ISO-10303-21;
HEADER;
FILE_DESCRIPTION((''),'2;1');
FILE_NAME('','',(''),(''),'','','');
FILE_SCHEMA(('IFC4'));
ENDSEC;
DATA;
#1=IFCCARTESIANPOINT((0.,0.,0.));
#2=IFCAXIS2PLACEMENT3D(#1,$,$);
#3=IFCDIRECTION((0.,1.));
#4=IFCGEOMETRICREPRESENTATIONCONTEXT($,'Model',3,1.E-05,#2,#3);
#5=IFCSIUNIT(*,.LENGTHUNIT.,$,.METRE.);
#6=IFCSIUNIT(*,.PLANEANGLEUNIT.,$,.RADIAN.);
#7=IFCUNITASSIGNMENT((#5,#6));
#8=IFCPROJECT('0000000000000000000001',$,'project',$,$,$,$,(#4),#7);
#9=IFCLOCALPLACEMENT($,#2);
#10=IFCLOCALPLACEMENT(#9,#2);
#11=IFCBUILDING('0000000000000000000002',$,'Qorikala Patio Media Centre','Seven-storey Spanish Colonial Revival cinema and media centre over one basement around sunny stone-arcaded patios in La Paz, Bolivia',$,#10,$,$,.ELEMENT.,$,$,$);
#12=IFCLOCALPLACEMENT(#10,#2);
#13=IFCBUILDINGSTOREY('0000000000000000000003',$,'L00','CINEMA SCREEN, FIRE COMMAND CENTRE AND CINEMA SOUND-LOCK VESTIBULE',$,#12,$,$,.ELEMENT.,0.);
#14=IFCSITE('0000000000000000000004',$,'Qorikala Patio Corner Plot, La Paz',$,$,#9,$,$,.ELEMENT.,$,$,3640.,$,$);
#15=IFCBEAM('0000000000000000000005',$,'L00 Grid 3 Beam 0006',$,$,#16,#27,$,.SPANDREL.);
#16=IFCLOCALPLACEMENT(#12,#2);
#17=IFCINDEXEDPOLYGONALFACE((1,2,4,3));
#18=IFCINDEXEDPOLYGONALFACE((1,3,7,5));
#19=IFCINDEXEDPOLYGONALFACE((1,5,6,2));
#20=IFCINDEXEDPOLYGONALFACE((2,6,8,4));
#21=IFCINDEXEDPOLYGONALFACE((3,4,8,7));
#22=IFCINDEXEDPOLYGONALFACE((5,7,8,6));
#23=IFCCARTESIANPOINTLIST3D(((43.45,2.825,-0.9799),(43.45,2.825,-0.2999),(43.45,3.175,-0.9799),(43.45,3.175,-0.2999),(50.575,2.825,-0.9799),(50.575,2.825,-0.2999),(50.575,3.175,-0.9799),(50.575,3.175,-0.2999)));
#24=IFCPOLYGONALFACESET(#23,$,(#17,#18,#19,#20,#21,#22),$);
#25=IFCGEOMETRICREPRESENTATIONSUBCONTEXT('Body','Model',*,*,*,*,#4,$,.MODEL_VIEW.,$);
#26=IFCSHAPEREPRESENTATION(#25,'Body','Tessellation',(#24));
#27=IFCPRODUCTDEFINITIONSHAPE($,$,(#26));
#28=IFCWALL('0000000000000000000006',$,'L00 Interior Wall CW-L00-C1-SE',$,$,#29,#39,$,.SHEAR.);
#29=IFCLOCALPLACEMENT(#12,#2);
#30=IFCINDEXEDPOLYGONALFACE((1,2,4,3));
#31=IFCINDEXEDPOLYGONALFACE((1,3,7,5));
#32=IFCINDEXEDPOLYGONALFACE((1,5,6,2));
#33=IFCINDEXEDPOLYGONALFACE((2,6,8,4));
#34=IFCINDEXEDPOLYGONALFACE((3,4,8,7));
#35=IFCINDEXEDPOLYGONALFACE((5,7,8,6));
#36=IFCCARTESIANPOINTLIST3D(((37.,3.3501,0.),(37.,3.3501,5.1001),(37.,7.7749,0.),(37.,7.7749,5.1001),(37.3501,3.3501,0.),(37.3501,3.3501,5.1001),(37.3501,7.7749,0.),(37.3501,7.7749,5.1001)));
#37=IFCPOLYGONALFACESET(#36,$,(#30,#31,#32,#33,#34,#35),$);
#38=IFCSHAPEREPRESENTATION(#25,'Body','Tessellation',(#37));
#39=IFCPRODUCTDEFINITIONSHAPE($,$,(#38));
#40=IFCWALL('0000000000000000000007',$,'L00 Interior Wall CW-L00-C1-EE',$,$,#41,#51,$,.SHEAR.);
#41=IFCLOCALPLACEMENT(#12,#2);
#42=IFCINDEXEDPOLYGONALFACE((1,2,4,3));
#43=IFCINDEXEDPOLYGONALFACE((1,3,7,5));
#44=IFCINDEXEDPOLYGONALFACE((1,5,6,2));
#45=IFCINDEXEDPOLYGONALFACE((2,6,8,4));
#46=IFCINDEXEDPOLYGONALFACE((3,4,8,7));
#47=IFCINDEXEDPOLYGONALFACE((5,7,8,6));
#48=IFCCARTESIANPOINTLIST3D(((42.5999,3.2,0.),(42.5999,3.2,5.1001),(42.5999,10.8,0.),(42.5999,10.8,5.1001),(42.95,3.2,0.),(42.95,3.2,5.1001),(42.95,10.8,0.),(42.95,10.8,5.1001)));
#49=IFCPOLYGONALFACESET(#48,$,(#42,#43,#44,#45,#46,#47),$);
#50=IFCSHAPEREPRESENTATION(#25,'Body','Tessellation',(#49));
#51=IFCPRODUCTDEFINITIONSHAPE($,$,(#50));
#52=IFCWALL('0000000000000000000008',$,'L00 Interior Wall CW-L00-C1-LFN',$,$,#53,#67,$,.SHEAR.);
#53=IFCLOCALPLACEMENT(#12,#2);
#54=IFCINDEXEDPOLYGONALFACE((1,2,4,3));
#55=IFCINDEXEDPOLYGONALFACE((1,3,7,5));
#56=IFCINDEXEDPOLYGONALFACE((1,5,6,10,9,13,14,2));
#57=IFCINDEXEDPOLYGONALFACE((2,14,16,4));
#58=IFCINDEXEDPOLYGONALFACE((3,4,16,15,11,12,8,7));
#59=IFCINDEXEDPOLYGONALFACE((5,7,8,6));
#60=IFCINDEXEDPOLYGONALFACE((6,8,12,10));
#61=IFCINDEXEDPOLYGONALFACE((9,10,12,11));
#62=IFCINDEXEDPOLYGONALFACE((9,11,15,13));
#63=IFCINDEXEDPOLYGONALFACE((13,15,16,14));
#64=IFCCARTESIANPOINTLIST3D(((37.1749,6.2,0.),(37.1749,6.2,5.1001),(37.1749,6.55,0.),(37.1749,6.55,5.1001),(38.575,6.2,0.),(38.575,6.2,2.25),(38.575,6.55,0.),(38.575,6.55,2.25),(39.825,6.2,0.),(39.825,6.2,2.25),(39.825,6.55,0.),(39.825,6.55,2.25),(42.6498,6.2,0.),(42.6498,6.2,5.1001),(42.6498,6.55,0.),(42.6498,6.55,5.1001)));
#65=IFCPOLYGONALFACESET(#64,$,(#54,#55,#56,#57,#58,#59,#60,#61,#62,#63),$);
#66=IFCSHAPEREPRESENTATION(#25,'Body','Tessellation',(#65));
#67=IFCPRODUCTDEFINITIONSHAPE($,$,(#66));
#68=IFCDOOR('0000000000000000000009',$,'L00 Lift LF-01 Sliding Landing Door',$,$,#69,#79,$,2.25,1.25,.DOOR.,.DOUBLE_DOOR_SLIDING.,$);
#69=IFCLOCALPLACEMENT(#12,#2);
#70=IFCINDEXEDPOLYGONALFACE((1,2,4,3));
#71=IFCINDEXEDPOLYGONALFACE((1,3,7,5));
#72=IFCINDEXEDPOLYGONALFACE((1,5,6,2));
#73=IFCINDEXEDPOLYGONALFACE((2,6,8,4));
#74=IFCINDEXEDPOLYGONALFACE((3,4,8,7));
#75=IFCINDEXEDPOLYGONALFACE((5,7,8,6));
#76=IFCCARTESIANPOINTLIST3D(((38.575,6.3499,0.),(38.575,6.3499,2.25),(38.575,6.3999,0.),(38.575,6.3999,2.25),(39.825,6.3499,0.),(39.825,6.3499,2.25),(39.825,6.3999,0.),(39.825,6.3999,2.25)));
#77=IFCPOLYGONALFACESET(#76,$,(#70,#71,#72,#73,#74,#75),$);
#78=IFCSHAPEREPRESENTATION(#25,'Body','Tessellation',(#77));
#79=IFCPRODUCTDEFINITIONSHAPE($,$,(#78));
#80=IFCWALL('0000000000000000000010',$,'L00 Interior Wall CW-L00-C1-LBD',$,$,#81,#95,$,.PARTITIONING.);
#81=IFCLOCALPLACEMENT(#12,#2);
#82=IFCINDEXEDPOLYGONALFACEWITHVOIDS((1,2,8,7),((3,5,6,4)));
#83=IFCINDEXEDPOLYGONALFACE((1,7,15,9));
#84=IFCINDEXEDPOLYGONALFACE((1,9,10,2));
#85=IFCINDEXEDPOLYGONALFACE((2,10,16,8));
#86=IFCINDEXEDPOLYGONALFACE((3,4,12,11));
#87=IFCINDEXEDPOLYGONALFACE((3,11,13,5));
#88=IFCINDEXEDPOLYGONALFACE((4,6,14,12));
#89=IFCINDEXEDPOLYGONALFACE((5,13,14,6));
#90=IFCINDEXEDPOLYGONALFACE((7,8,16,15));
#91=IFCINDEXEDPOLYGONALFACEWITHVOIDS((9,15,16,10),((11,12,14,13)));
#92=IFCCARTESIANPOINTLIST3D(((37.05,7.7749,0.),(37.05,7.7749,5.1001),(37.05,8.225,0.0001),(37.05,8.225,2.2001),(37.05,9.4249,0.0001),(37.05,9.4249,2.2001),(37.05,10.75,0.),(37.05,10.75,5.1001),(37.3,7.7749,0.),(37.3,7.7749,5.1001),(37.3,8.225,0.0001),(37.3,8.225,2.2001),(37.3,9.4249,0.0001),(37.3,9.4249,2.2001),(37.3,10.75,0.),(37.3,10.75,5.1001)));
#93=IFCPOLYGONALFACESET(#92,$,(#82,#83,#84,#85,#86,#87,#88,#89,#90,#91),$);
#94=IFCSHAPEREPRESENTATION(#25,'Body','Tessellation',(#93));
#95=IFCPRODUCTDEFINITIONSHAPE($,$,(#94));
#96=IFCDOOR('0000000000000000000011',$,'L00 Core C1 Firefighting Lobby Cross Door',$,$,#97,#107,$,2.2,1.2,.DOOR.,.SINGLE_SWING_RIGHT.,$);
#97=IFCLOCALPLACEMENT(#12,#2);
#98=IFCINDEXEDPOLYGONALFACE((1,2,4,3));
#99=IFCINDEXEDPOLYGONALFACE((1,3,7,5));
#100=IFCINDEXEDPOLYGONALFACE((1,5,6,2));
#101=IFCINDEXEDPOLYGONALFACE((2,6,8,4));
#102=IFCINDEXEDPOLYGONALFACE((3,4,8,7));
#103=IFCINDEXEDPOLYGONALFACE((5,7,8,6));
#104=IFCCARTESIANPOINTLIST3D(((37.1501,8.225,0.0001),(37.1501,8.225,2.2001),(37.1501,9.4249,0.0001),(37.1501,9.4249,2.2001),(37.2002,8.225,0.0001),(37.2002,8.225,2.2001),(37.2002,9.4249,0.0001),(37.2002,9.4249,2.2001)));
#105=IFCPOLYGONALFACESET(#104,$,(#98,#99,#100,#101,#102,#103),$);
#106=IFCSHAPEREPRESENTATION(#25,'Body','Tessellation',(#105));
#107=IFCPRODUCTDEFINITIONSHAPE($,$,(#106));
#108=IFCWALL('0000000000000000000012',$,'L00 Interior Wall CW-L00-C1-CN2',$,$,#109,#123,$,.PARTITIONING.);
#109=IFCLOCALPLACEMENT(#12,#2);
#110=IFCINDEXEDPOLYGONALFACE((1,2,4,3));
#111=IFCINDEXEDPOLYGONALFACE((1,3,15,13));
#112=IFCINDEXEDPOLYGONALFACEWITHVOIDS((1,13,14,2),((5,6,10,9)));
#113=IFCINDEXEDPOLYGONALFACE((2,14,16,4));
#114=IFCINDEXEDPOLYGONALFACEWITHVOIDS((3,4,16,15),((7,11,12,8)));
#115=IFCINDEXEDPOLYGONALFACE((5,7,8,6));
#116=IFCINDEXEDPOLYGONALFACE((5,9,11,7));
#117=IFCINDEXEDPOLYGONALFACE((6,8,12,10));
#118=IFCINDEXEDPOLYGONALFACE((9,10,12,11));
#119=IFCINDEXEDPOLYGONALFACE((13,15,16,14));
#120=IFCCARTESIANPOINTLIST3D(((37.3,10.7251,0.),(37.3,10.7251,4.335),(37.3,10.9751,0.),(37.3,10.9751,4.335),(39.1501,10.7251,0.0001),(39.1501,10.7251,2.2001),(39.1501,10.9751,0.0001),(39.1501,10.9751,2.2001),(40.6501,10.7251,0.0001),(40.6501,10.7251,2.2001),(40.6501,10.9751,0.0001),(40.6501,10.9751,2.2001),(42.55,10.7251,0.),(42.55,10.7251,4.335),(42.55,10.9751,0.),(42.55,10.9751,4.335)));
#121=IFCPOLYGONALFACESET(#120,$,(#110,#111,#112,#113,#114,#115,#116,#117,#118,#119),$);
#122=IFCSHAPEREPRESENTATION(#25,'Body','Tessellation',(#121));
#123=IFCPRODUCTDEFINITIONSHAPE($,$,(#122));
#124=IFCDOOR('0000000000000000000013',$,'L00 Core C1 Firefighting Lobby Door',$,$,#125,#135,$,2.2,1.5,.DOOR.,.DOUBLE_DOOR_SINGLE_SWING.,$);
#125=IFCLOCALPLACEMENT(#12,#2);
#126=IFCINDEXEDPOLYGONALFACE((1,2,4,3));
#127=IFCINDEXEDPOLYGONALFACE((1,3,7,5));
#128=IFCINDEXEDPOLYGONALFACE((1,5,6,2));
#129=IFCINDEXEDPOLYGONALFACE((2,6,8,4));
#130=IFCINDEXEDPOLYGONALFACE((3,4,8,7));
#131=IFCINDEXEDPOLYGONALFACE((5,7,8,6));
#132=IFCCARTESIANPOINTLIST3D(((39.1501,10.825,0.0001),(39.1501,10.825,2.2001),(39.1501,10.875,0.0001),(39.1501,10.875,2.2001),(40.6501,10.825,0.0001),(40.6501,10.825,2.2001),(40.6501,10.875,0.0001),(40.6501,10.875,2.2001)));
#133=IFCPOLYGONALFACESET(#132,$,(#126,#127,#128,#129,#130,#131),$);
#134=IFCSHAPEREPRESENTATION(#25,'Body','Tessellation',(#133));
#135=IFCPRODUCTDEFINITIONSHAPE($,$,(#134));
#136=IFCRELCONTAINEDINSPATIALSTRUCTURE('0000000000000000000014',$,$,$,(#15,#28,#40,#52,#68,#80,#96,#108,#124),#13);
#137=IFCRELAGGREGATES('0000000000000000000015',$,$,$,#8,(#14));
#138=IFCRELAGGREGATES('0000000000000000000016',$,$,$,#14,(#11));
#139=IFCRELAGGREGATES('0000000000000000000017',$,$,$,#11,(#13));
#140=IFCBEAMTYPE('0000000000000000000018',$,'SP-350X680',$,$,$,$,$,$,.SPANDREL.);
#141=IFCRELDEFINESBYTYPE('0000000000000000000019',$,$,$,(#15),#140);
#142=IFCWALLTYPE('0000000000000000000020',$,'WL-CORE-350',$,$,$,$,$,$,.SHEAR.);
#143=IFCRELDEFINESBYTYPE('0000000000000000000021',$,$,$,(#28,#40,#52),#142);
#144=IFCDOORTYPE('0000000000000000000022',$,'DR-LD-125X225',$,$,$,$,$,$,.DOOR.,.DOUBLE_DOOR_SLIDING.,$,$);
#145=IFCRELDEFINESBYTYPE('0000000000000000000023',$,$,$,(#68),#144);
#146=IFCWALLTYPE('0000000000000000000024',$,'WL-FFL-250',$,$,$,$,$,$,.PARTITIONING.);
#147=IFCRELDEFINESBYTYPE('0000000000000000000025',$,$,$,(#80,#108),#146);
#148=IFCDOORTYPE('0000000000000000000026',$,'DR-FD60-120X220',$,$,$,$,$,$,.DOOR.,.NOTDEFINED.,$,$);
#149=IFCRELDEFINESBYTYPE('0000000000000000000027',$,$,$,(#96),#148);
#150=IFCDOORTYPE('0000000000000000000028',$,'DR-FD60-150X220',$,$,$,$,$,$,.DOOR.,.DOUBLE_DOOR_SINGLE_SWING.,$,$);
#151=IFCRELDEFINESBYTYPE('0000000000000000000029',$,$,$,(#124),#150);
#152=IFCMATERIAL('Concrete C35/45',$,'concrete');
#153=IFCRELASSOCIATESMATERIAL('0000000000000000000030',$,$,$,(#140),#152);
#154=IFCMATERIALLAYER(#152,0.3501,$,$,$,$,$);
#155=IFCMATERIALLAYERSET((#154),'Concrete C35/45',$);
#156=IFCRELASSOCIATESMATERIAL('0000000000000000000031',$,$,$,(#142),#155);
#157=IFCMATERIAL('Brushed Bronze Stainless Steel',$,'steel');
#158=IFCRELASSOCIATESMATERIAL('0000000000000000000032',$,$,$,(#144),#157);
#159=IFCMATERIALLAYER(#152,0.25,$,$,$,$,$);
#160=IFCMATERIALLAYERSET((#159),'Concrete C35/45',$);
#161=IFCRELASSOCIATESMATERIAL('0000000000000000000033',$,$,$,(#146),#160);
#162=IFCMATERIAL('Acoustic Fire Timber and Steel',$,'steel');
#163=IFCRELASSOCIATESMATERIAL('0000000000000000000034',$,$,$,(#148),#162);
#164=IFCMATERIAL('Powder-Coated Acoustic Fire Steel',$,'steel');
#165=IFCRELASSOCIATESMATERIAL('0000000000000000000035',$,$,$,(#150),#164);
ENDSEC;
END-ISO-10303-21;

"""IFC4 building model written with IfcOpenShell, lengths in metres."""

from ifc_helpers import new_model, si_unit, direction, frame, frame_2d, origin, origin_2d, place, context, subcontext, project, spatial, rectangle, extrude, material, layer, layer_set, material_profile, profile_set, type_object, element, fill, save


model = new_model("IFC4")

# Units and contexts
model_context = context("Model", 3, precision=1e-05, world=origin(), true_north=direction((0.0, 1.0)))
body_context = subcontext(model_context, "Body", "Model", "MODEL_VIEW")
ifc_project = project(units=[si_unit("LENGTHUNIT", "METRE"), si_unit("PLANEANGLEUNIT", "RADIAN")], contexts=[model_context])

# Site, building, storey
site_placement = place(None, origin())
site = spatial("IfcSite", under=ifc_project, at=site_placement, Name="Qorikala Patio Corner Plot, La Paz", CompositionType="ELEMENT", RefElevation=3640.0)
building_placement = place(site_placement, origin())
building = spatial("IfcBuilding", under=site, at=building_placement, Name="Qorikala Patio Media Centre", Description="Seven-storey Spanish Colonial Revival cinema and media centre over one basement around sunny stone-arcaded patios in La Paz, Bolivia", CompositionType="ELEMENT")
storey_placement = place(building_placement, origin())
storey = spatial("IfcBuildingStorey", under=building, at=storey_placement, Name="L00", Description="CINEMA SCREEN, FIRE COMMAND CENTRE AND CINEMA SOUND-LOCK VESTIBULE", CompositionType="ELEMENT", Elevation=0.0)

# Shared definitions
ifc_material_1 = material(Name="Concrete C35/45", Category="concrete")

# Beam
ifc_material_profile_1 = material_profile(ifc_material_1, rectangle(XDim=0.3501, YDim=0.6799, at=origin_2d()), Name="RC 350x680")
ifc_profile_set_1 = profile_set([ifc_material_profile_1], Name="Concrete C35/45")
beam_type_1 = type_object("IfcBeamType", Name="SP-350X680", PredefinedType="SPANDREL", material=ifc_profile_set_1)
beam_1_placement = place(storey_placement, frame((43.45, 3.0, -0.6399), z_axis=(1.0, 0.0, 0.0), x_axis=(0.0, 1.0, 0.0)))
element("IfcBeam", 1, at=beam_1_placement, inside=storey, type_object=beam_type_1, Name="L00 Grid 3 Beam 0006", PredefinedType="SPANDREL", context=body_context, shape_type="SweptSolid", body=[
    extrude(rectangle(XDim=0.3501, YDim=0.6799, at=origin_2d()), origin(), (0.0, 0.0, 1.0), 7.125),
])

# Walls
ifc_layer_1 = layer(ifc_material_1, 0.3501)
ifc_layer_set_1 = layer_set([ifc_layer_1], Name="Concrete C35/45")
wall_type_1 = type_object("IfcWallType", Name="WL-CORE-350", PredefinedType="SHEAR", material=ifc_layer_set_1)
wall_1_placement = place(storey_placement, frame((37.175, 3.3501, 0.0), z_axis=(0.0, 0.0, 1.0), x_axis=(0.0, 1.0, 0.0)))
element("IfcWall", 2, at=wall_1_placement, inside=storey, type_object=wall_type_1, Name="L00 Interior Wall CW-L00-C1-SE", PredefinedType="SHEAR", context=body_context, shape_type="SweptSolid", body=[
    extrude(rectangle(XDim=4.4248, YDim=0.3501, at=frame_2d((2.2124, 0.0))), origin(), (0.0, 0.0, 1.0), 5.1001),
])
wall_2_placement = place(storey_placement, frame((42.7749, 3.2, 0.0), z_axis=(0.0, 0.0, 1.0), x_axis=(0.0, 1.0, 0.0)))
element("IfcWall", 3, at=wall_2_placement, inside=storey, type_object=wall_type_1, Name="L00 Interior Wall CW-L00-C1-EE", PredefinedType="SHEAR", context=body_context, shape_type="SweptSolid", body=[
    extrude(rectangle(XDim=7.6001, YDim=0.3501, at=frame_2d((3.8, 0.0))), origin(), (0.0, 0.0, 1.0), 5.1001),
])

# Walls, openings, doors
wall_3_placement = place(storey_placement, frame((37.175, 6.375, 0.0), z_axis=(0.0, 0.0, 1.0), x_axis=(1.0, 0.0, 0.0)))
wall_3 = element("IfcWall", 4, at=wall_3_placement, inside=storey, type_object=wall_type_1, Name="L00 Interior Wall CW-L00-C1-LFN", PredefinedType="SHEAR", context=body_context, shape_type="SweptSolid", body=[
    extrude(rectangle(XDim=5.4749, YDim=0.3501, at=frame_2d((2.7373, 0.0))), origin(), (0.0, 0.0, 1.0), 5.1001),
])
opening_1_placement = place(wall_3_placement, frame((1.3999, 0.0, 0.0)))
opening_1 = element("IfcOpeningElement", 5, at=opening_1_placement, cuts=wall_3, PredefinedType="OPENING", context=body_context, shape_type="SweptSolid", body=[
    extrude(rectangle(XDim=1.25, YDim=2.25, at=frame_2d((0.625, 1.125))), frame((0.0, 0.1851, 0.0), z_axis=(0.0, -1.0, 0.0), x_axis=(1.0, 0.0, 0.0)), (0.0, 0.0, 1.0), 0.3701),
])
ifc_material_2 = material(Name="Brushed Bronze Stainless Steel", Category="steel")
door_type_1 = type_object("IfcDoorType", Name="DR-LD-125X225", OperationType="DOUBLE_DOOR_SLIDING", PredefinedType="DOOR", material=ifc_material_2)
door_1_placement = place(opening_1_placement, origin())
door_1 = element("IfcDoor", 6, at=door_1_placement, inside=storey, type_object=door_type_1, Name="L00 Lift LF-01 Sliding Landing Door", OperationType="DOUBLE_DOOR_SLIDING", OverallHeight=2.25, OverallWidth=1.25, PredefinedType="DOOR", context=body_context, shape_type="SweptSolid", body=[
    extrude(rectangle(XDim=1.25, YDim=2.25, at=frame_2d((0.625, 1.125))), frame((0.0, 0.0249, 0.0), z_axis=(0.0, -1.0, 0.0), x_axis=(1.0, 0.0, 0.0)), (0.0, 0.0, 1.0), 0.05),
])
fill(opening_1, door_1)
ifc_layer_2 = layer(ifc_material_1, 0.25)
ifc_layer_set_2 = layer_set([ifc_layer_2], Name="Concrete C35/45")
wall_type_2 = type_object("IfcWallType", Name="WL-FFL-250", PredefinedType="PARTITIONING", material=ifc_layer_set_2)
wall_4_placement = place(storey_placement, frame((37.175, 7.7749, 0.0), z_axis=(0.0, 0.0, 1.0), x_axis=(0.0, 1.0, 0.0)))
wall_4 = element("IfcWall", 7, at=wall_4_placement, inside=storey, type_object=wall_type_2, Name="L00 Interior Wall CW-L00-C1-LBD", PredefinedType="PARTITIONING", context=body_context, shape_type="SweptSolid", body=[
    extrude(rectangle(XDim=2.9751, YDim=0.25, at=frame_2d((1.4875, 0.0))), origin(), (0.0, 0.0, 1.0), 5.1001),
])
opening_2_placement = place(wall_4_placement, frame((0.45, 0.0, 0.0)))
opening_2 = element("IfcOpeningElement", 8, at=opening_2_placement, cuts=wall_4, PredefinedType="OPENING", context=body_context, shape_type="SweptSolid", body=[
    extrude(rectangle(XDim=1.2, YDim=2.2, at=frame_2d((0.6001, 1.1001))), frame((0.0, 0.135, 0.0), z_axis=(0.0, -1.0, 0.0), x_axis=(1.0, 0.0, 0.0)), (0.0, 0.0, 1.0), 0.27),
])
ifc_material_3 = material(Name="Acoustic Fire Timber and Steel", Category="steel")
door_type_2 = type_object("IfcDoorType", Name="DR-FD60-120X220", OperationType="NOTDEFINED", PredefinedType="DOOR", material=ifc_material_3)
door_2_placement = place(opening_2_placement, origin())
door_2 = element("IfcDoor", 9, at=door_2_placement, inside=storey, type_object=door_type_2, Name="L00 Core C1 Firefighting Lobby Cross Door", OperationType="SINGLE_SWING_RIGHT", OverallHeight=2.2, OverallWidth=1.2, PredefinedType="DOOR", context=body_context, shape_type="SweptSolid", body=[
    extrude(rectangle(XDim=1.2, YDim=2.2, at=frame_2d((0.6001, 1.1001))), frame((0.0, 0.0249, 0.0), z_axis=(0.0, -1.0, 0.0), x_axis=(1.0, 0.0, 0.0)), (0.0, 0.0, 1.0), 0.05),
])
fill(opening_2, door_2)
wall_5_placement = place(storey_placement, frame((37.3, 10.8501, 0.0), z_axis=(0.0, 0.0, 1.0), x_axis=(1.0, 0.0, 0.0)))
wall_5 = element("IfcWall", 10, at=wall_5_placement, inside=storey, type_object=wall_type_2, Name="L00 Interior Wall CW-L00-C1-CN2", PredefinedType="PARTITIONING", context=body_context, shape_type="SweptSolid", body=[
    extrude(rectangle(XDim=5.25, YDim=0.25, at=frame_2d((2.625, 0.0))), origin(), (0.0, 0.0, 1.0), 4.335),
])
opening_3_placement = place(wall_5_placement, frame((1.8501, 0.0, 0.0)))
opening_3 = element("IfcOpeningElement", 11, at=opening_3_placement, cuts=wall_5, PredefinedType="OPENING", context=body_context, shape_type="SweptSolid", body=[
    extrude(rectangle(XDim=1.5, YDim=2.2, at=frame_2d((0.75, 1.1001))), frame((0.0, 0.135, 0.0), z_axis=(0.0, -1.0, 0.0), x_axis=(1.0, 0.0, 0.0)), (0.0, 0.0, 1.0), 0.27),
])
ifc_material_4 = material(Name="Powder-Coated Acoustic Fire Steel", Category="steel")
door_type_3 = type_object("IfcDoorType", Name="DR-FD60-150X220", OperationType="DOUBLE_DOOR_SINGLE_SWING", PredefinedType="DOOR", material=ifc_material_4)
door_3_placement = place(opening_3_placement, origin())
door_3 = element("IfcDoor", 12, at=door_3_placement, inside=storey, type_object=door_type_3, Name="L00 Core C1 Firefighting Lobby Door", OperationType="DOUBLE_DOOR_SINGLE_SWING", OverallHeight=2.2, OverallWidth=1.5, PredefinedType="DOOR", context=body_context, shape_type="SweptSolid", body=[
    extrude(rectangle(XDim=1.5, YDim=2.2, at=frame_2d((0.75, 1.1001))), frame((0.0, 0.0249, 0.0), z_axis=(0.0, -1.0, 0.0), x_axis=(1.0, 0.0, 0.0)), (0.0, 0.0, 1.0), 0.05),
])
fill(opening_3, door_3)

save(model, "model.ifc")
